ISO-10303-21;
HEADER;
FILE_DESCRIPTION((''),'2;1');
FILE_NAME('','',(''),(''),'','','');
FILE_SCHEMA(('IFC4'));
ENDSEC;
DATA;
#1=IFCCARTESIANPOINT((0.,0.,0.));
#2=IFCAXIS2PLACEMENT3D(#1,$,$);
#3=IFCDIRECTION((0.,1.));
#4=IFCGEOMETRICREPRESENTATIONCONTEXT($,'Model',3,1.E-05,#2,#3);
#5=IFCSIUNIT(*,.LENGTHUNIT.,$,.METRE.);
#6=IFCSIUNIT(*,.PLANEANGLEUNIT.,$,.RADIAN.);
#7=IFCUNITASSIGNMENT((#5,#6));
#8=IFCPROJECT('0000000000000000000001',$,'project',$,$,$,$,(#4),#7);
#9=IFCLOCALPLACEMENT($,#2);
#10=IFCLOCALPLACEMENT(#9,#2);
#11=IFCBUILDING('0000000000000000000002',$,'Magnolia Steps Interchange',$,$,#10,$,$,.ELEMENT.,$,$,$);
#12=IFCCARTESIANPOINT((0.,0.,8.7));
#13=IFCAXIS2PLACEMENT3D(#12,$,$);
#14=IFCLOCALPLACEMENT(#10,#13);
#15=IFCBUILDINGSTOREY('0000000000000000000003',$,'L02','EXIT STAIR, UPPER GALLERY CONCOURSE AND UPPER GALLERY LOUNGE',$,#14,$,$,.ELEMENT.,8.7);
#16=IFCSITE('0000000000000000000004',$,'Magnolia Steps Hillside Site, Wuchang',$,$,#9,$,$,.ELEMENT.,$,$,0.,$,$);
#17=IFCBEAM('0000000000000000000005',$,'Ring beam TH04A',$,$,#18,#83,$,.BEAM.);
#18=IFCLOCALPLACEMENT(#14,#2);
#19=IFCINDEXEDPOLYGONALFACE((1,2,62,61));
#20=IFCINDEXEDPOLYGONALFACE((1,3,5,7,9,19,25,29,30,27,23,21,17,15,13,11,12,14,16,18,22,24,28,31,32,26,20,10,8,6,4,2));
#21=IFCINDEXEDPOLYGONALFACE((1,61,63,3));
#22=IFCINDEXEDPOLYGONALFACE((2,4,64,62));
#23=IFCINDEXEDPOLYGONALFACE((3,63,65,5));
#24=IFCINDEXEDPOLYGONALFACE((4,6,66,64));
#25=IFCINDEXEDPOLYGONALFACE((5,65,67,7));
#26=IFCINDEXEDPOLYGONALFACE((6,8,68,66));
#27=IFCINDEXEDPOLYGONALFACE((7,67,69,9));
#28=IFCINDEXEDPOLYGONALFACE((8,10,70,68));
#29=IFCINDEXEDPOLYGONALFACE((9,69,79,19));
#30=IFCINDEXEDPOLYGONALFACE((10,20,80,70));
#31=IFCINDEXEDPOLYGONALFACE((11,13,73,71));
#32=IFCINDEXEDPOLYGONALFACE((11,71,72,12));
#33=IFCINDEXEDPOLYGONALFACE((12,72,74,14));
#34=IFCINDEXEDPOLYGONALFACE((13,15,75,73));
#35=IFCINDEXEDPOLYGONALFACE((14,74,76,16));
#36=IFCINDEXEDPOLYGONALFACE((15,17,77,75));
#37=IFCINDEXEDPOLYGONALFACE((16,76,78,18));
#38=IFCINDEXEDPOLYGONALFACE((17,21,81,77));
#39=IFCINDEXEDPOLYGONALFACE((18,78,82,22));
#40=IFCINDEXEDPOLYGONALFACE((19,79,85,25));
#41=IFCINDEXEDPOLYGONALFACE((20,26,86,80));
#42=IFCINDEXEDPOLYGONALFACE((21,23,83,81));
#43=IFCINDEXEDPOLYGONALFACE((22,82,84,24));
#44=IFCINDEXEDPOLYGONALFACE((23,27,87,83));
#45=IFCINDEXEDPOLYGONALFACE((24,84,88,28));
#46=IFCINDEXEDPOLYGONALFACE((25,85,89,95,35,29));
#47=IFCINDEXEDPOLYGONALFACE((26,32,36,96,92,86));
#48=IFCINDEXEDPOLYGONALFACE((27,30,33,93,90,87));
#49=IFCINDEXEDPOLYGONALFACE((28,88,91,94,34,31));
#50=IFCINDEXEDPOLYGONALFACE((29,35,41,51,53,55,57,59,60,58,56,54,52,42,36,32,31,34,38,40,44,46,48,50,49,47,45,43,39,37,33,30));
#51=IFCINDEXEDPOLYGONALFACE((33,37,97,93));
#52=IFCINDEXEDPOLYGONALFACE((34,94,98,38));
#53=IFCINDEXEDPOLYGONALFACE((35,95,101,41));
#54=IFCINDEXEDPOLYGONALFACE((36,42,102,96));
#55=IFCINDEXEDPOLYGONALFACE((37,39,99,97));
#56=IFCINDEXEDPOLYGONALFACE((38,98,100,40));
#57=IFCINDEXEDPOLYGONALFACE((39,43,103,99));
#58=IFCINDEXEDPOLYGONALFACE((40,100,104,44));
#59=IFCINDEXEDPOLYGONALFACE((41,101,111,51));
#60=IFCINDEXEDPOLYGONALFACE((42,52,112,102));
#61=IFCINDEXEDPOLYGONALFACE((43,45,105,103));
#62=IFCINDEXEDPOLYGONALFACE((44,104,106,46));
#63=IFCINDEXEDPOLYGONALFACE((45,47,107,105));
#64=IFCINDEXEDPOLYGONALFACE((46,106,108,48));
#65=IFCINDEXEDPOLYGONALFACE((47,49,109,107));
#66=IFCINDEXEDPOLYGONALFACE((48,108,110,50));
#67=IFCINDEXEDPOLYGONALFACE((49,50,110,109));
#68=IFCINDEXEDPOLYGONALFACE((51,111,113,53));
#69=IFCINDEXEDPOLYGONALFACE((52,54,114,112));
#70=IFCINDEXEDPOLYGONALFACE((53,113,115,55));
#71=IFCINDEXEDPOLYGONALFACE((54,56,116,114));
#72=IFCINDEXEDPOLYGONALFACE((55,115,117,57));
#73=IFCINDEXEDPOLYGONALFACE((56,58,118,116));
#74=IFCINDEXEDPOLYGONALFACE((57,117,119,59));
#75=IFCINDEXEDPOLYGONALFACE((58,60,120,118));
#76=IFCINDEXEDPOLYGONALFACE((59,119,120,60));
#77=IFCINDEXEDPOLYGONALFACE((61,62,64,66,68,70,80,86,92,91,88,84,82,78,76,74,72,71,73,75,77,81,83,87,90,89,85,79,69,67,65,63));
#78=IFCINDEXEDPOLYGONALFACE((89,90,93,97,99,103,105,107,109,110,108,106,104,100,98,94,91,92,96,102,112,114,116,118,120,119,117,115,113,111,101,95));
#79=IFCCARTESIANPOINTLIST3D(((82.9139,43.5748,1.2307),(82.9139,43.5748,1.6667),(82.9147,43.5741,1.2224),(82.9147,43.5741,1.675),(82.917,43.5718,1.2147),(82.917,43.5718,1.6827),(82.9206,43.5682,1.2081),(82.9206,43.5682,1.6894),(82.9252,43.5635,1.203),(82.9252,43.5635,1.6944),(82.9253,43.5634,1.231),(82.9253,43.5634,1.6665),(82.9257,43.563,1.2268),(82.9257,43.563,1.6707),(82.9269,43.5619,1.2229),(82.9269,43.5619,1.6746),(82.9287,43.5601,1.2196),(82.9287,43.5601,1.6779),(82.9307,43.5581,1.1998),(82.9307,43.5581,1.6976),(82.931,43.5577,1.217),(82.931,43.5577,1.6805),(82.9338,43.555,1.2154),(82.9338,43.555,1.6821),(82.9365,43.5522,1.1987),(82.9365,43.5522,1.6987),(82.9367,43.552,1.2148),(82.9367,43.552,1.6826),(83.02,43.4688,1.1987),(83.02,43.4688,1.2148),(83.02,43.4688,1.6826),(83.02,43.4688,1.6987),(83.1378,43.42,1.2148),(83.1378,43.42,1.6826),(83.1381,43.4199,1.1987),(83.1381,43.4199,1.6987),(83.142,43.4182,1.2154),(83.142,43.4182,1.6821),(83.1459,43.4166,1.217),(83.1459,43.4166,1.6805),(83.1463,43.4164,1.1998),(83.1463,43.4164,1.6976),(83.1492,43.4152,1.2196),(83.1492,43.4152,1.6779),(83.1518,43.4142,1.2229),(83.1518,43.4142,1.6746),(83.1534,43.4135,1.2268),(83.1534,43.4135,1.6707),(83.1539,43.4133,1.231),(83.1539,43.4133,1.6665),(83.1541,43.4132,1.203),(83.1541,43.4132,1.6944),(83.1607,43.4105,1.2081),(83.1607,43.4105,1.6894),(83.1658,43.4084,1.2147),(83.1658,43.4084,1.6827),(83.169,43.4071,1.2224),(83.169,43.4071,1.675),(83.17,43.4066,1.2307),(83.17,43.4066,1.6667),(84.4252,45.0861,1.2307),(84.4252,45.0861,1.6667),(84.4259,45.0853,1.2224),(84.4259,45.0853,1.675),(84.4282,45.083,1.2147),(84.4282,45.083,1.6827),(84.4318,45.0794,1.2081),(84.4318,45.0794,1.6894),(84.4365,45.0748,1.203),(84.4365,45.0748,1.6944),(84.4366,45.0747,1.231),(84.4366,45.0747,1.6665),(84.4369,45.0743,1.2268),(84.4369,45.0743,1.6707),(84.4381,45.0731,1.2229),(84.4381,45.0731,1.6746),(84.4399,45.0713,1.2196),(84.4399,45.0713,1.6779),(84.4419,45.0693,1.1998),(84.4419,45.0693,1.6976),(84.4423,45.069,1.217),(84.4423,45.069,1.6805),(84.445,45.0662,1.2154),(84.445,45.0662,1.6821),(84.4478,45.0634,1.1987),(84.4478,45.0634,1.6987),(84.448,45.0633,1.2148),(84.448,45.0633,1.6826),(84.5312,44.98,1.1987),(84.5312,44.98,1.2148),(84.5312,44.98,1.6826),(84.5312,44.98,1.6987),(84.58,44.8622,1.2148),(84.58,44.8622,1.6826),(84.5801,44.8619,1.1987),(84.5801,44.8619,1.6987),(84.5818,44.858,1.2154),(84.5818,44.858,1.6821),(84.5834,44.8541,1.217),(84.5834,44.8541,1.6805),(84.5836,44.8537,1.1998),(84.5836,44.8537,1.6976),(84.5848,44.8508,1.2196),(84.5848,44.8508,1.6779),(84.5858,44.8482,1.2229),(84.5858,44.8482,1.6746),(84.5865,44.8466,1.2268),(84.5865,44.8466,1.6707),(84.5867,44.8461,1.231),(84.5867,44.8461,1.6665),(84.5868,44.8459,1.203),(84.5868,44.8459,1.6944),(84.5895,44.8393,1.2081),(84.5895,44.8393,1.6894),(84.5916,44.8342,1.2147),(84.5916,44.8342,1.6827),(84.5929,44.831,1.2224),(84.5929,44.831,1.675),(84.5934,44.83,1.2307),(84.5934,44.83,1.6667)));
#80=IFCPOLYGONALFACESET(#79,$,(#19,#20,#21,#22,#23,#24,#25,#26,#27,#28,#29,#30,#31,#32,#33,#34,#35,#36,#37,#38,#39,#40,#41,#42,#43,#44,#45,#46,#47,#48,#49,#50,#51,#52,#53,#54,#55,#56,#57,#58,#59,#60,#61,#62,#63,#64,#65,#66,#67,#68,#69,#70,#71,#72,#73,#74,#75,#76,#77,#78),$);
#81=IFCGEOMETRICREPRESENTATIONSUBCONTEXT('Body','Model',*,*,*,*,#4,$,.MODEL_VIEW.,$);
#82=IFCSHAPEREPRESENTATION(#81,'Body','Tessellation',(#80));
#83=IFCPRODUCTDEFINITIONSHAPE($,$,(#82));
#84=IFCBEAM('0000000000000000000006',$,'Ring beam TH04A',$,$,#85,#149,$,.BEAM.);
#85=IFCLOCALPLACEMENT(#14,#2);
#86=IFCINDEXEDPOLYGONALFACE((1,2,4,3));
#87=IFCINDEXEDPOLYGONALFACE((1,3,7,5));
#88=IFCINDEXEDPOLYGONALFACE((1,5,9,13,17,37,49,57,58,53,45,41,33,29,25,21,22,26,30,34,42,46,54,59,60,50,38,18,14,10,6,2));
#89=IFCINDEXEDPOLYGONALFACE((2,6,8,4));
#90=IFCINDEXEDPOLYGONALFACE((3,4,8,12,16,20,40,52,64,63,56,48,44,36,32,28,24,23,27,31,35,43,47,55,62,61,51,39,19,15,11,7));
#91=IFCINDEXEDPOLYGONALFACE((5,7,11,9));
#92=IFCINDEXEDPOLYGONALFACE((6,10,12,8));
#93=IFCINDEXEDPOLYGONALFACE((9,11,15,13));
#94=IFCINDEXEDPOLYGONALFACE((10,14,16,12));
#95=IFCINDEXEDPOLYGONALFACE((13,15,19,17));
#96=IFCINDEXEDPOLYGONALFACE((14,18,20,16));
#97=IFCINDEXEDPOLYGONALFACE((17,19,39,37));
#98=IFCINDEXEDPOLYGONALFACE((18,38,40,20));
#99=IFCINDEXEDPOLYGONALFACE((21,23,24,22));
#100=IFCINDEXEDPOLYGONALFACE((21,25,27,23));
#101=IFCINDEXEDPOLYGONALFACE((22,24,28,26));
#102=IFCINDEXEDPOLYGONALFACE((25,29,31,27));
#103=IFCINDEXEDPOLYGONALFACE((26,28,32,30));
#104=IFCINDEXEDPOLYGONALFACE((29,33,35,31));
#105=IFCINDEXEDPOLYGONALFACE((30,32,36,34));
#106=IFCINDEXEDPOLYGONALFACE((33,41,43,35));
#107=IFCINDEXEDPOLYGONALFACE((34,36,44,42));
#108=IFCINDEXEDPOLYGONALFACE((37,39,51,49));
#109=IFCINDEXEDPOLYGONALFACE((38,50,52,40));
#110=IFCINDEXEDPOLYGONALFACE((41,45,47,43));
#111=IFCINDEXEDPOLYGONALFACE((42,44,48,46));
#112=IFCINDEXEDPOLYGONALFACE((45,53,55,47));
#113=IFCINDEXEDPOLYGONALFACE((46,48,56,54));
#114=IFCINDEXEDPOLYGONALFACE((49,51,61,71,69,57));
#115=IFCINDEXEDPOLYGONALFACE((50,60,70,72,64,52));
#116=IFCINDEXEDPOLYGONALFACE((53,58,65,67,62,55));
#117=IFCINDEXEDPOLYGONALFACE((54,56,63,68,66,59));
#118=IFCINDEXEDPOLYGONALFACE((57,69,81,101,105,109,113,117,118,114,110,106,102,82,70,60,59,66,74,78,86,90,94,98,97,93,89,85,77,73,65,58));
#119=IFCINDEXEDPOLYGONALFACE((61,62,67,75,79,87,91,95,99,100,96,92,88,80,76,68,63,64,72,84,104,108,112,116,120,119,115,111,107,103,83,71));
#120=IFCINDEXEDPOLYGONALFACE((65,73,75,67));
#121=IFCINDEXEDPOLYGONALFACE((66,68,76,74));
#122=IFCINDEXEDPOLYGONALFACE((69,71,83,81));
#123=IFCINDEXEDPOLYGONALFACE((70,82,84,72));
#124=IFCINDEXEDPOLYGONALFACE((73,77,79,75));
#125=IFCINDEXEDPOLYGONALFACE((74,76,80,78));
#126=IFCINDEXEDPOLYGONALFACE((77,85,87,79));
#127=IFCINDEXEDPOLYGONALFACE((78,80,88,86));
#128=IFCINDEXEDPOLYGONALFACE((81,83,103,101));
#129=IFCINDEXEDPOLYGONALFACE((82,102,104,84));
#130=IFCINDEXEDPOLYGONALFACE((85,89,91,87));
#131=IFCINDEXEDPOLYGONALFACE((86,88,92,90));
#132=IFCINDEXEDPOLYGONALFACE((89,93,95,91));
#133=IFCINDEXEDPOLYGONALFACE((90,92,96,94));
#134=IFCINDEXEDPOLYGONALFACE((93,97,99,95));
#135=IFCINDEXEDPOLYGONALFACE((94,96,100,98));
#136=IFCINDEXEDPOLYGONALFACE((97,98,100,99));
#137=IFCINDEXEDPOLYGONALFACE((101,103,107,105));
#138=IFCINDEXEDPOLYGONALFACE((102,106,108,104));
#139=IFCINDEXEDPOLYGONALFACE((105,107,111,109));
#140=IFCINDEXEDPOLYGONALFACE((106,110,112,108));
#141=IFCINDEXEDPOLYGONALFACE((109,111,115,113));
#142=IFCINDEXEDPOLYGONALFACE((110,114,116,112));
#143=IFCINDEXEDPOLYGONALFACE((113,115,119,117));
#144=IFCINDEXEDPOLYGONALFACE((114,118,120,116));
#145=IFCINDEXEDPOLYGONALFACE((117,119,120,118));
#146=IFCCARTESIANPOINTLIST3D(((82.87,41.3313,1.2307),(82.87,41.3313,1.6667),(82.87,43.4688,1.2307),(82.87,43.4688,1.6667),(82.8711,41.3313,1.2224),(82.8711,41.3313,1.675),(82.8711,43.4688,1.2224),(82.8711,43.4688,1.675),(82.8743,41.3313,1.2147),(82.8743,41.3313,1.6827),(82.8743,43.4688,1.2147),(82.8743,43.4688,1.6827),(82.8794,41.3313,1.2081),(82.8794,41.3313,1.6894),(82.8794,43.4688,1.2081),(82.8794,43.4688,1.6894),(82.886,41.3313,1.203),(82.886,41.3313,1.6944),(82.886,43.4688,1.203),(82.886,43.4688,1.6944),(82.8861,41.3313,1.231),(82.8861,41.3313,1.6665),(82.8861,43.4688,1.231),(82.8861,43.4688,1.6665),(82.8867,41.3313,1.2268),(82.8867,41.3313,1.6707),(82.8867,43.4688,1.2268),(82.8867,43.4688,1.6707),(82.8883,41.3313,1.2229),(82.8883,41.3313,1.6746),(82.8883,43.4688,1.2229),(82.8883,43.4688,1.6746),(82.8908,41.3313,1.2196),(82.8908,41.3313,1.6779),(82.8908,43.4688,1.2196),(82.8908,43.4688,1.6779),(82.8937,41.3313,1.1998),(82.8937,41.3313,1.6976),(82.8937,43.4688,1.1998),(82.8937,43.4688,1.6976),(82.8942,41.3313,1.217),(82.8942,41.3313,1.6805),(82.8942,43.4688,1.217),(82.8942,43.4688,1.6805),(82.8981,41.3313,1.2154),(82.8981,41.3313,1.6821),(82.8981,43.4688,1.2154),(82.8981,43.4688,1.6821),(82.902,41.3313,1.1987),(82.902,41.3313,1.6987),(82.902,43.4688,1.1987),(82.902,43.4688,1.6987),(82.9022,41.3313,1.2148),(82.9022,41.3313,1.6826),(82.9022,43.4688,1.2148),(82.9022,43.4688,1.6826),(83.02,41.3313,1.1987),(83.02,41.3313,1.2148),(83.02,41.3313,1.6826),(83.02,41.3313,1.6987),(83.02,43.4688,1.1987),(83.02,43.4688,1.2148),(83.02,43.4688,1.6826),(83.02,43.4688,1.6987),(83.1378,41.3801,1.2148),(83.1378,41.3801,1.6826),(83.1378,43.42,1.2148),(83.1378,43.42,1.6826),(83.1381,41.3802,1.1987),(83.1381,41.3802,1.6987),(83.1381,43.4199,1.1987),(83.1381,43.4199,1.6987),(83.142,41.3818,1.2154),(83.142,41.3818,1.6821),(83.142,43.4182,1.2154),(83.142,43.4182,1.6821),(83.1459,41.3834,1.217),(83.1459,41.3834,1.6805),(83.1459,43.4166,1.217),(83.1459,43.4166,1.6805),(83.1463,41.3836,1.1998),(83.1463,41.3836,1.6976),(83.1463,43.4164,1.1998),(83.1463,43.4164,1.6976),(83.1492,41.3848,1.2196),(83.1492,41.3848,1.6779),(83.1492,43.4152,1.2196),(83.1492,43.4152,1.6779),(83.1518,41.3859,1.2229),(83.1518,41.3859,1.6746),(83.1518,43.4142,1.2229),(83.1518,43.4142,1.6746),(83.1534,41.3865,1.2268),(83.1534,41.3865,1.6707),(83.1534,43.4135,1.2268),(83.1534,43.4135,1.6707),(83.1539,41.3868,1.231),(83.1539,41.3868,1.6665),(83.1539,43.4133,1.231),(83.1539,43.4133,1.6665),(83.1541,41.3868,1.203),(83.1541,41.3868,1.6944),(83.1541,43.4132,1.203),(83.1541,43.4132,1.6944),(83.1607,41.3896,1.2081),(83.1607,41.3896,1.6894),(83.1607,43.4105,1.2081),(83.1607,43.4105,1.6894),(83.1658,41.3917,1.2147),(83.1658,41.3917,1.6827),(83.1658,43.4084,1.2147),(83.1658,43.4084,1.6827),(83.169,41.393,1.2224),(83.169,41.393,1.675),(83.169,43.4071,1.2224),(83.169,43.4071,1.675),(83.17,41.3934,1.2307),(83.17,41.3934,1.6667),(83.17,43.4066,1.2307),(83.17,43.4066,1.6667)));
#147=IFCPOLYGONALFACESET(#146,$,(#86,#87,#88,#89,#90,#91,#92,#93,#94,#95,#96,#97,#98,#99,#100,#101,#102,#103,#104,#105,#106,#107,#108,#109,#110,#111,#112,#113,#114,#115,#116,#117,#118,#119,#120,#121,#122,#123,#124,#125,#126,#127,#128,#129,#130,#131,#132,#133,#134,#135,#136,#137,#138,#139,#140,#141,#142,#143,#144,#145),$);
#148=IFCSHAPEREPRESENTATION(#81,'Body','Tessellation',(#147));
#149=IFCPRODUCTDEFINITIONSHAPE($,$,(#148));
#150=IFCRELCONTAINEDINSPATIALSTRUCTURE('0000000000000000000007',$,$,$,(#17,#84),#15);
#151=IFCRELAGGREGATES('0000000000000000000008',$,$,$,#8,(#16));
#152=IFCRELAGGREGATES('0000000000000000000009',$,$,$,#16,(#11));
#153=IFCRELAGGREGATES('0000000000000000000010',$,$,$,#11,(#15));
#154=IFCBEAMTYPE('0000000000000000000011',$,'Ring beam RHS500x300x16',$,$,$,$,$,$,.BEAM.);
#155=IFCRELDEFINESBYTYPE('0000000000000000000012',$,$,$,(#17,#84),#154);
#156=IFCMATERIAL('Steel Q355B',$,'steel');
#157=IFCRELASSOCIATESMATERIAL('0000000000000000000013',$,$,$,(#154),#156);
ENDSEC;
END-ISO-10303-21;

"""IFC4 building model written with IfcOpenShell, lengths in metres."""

from ifc_helpers import new_model, si_unit, direction, frame, origin, origin_2d, place, context, subcontext, project, spatial, hollow_rectangle, extrude, clip, halfspace, material, material_profile, profile_set, type_object, element, save


model = new_model("IFC4")

# Units and contexts
model_context = context("Model", 3, precision=1e-05, world=origin(), true_north=direction((0.0, 1.0)))
body_context = subcontext(model_context, "Body", "Model", "MODEL_VIEW")
ifc_project = project(units=[si_unit("LENGTHUNIT", "METRE"), si_unit("PLANEANGLEUNIT", "RADIAN")], contexts=[model_context])

# Site, building, storey
site_placement = place(None, origin())
site = spatial("IfcSite", under=ifc_project, at=site_placement, Name="Magnolia Steps Hillside Site, Wuchang", CompositionType="ELEMENT", RefElevation=0.0)
building_placement = place(site_placement, origin())
building = spatial("IfcBuilding", under=site, at=building_placement, Name="Magnolia Steps Interchange", CompositionType="ELEMENT")
storey_placement = place(building_placement, frame((0.0, 0.0, 8.7)))
storey = spatial("IfcBuildingStorey", under=building, at=storey_placement, Name="L02", Description="EXIT STAIR, UPPER GALLERY CONCOURSE AND UPPER GALLERY LOUNGE", CompositionType="ELEMENT", Elevation=8.7)

# Beams
ifc_material_1 = material(Name="Steel Q355B", Category="steel")
ifc_material_profile_1 = material_profile(ifc_material_1, hollow_rectangle(XDim=0.3, YDim=0.5, WallThickness=0.0161, InnerFilletRadius=0.0161, OuterFilletRadius=0.032, at=origin_2d()), Name="RHS500x300x16")
ifc_profile_set_1 = profile_set([ifc_material_profile_1], Name="Steel Q355B")
beam_type_1 = type_object("IfcBeamType", Name="Ring beam RHS500x300x16", PredefinedType="BEAM", material=ifc_profile_set_1)
beam_1_placement = place(storey_placement, frame((84.5312, 44.98, 1.4487), z_axis=(-0.707107, -0.707107, 0.0), x_axis=(0.707107, -0.707107, 0.0)))
element("IfcBeam", 1, at=beam_1_placement, inside=storey, type_object=beam_type_1, Name="Ring beam TH04A", PredefinedType="BEAM", context=body_context, shape_type="Clipping", body=[
    clip(clip(extrude(hollow_rectangle(XDim=0.3, YDim=0.5, WallThickness=0.0161, InnerFilletRadius=0.0161, OuterFilletRadius=0.032, at=origin_2d()), origin(), (0.0, 0.0, 1.0), 2.1372), halfspace(frame((0.0, 0.0, 0.0), z_axis=(0.382683, 0.0, -0.92388), x_axis=(0.92388, 0.0, 0.382683)), False)), halfspace(frame((0.0, 0.0, 2.1372), z_axis=(0.382683, 0.0, 0.92388), x_axis=(0.92388, 0.0, -0.382683)), False)),
])
beam_2_placement = place(storey_placement, frame((83.02, 43.4688, 1.4487), z_axis=(0.0, -1.0, 0.0), x_axis=(1.0, 0.0, 0.0)))
element("IfcBeam", 2, at=beam_2_placement, inside=storey, type_object=beam_type_1, Name="Ring beam TH04A", PredefinedType="BEAM", context=body_context, shape_type="Clipping", body=[
    clip(clip(extrude(hollow_rectangle(XDim=0.3, YDim=0.5, WallThickness=0.0161, InnerFilletRadius=0.0161, OuterFilletRadius=0.032, at=origin_2d()), origin(), (0.0, 0.0, 1.0), 2.1375), halfspace(frame((0.0, 0.0, 0.0), z_axis=(0.382683, 0.0, -0.92388), x_axis=(0.92388, 0.0, 0.382683)), False)), halfspace(frame((0.0, 0.0, 2.1375), z_axis=(0.382683, 0.0, 0.92388), x_axis=(0.92388, 0.0, -0.382683)), False)),
])

save(model, "model.ifc")
